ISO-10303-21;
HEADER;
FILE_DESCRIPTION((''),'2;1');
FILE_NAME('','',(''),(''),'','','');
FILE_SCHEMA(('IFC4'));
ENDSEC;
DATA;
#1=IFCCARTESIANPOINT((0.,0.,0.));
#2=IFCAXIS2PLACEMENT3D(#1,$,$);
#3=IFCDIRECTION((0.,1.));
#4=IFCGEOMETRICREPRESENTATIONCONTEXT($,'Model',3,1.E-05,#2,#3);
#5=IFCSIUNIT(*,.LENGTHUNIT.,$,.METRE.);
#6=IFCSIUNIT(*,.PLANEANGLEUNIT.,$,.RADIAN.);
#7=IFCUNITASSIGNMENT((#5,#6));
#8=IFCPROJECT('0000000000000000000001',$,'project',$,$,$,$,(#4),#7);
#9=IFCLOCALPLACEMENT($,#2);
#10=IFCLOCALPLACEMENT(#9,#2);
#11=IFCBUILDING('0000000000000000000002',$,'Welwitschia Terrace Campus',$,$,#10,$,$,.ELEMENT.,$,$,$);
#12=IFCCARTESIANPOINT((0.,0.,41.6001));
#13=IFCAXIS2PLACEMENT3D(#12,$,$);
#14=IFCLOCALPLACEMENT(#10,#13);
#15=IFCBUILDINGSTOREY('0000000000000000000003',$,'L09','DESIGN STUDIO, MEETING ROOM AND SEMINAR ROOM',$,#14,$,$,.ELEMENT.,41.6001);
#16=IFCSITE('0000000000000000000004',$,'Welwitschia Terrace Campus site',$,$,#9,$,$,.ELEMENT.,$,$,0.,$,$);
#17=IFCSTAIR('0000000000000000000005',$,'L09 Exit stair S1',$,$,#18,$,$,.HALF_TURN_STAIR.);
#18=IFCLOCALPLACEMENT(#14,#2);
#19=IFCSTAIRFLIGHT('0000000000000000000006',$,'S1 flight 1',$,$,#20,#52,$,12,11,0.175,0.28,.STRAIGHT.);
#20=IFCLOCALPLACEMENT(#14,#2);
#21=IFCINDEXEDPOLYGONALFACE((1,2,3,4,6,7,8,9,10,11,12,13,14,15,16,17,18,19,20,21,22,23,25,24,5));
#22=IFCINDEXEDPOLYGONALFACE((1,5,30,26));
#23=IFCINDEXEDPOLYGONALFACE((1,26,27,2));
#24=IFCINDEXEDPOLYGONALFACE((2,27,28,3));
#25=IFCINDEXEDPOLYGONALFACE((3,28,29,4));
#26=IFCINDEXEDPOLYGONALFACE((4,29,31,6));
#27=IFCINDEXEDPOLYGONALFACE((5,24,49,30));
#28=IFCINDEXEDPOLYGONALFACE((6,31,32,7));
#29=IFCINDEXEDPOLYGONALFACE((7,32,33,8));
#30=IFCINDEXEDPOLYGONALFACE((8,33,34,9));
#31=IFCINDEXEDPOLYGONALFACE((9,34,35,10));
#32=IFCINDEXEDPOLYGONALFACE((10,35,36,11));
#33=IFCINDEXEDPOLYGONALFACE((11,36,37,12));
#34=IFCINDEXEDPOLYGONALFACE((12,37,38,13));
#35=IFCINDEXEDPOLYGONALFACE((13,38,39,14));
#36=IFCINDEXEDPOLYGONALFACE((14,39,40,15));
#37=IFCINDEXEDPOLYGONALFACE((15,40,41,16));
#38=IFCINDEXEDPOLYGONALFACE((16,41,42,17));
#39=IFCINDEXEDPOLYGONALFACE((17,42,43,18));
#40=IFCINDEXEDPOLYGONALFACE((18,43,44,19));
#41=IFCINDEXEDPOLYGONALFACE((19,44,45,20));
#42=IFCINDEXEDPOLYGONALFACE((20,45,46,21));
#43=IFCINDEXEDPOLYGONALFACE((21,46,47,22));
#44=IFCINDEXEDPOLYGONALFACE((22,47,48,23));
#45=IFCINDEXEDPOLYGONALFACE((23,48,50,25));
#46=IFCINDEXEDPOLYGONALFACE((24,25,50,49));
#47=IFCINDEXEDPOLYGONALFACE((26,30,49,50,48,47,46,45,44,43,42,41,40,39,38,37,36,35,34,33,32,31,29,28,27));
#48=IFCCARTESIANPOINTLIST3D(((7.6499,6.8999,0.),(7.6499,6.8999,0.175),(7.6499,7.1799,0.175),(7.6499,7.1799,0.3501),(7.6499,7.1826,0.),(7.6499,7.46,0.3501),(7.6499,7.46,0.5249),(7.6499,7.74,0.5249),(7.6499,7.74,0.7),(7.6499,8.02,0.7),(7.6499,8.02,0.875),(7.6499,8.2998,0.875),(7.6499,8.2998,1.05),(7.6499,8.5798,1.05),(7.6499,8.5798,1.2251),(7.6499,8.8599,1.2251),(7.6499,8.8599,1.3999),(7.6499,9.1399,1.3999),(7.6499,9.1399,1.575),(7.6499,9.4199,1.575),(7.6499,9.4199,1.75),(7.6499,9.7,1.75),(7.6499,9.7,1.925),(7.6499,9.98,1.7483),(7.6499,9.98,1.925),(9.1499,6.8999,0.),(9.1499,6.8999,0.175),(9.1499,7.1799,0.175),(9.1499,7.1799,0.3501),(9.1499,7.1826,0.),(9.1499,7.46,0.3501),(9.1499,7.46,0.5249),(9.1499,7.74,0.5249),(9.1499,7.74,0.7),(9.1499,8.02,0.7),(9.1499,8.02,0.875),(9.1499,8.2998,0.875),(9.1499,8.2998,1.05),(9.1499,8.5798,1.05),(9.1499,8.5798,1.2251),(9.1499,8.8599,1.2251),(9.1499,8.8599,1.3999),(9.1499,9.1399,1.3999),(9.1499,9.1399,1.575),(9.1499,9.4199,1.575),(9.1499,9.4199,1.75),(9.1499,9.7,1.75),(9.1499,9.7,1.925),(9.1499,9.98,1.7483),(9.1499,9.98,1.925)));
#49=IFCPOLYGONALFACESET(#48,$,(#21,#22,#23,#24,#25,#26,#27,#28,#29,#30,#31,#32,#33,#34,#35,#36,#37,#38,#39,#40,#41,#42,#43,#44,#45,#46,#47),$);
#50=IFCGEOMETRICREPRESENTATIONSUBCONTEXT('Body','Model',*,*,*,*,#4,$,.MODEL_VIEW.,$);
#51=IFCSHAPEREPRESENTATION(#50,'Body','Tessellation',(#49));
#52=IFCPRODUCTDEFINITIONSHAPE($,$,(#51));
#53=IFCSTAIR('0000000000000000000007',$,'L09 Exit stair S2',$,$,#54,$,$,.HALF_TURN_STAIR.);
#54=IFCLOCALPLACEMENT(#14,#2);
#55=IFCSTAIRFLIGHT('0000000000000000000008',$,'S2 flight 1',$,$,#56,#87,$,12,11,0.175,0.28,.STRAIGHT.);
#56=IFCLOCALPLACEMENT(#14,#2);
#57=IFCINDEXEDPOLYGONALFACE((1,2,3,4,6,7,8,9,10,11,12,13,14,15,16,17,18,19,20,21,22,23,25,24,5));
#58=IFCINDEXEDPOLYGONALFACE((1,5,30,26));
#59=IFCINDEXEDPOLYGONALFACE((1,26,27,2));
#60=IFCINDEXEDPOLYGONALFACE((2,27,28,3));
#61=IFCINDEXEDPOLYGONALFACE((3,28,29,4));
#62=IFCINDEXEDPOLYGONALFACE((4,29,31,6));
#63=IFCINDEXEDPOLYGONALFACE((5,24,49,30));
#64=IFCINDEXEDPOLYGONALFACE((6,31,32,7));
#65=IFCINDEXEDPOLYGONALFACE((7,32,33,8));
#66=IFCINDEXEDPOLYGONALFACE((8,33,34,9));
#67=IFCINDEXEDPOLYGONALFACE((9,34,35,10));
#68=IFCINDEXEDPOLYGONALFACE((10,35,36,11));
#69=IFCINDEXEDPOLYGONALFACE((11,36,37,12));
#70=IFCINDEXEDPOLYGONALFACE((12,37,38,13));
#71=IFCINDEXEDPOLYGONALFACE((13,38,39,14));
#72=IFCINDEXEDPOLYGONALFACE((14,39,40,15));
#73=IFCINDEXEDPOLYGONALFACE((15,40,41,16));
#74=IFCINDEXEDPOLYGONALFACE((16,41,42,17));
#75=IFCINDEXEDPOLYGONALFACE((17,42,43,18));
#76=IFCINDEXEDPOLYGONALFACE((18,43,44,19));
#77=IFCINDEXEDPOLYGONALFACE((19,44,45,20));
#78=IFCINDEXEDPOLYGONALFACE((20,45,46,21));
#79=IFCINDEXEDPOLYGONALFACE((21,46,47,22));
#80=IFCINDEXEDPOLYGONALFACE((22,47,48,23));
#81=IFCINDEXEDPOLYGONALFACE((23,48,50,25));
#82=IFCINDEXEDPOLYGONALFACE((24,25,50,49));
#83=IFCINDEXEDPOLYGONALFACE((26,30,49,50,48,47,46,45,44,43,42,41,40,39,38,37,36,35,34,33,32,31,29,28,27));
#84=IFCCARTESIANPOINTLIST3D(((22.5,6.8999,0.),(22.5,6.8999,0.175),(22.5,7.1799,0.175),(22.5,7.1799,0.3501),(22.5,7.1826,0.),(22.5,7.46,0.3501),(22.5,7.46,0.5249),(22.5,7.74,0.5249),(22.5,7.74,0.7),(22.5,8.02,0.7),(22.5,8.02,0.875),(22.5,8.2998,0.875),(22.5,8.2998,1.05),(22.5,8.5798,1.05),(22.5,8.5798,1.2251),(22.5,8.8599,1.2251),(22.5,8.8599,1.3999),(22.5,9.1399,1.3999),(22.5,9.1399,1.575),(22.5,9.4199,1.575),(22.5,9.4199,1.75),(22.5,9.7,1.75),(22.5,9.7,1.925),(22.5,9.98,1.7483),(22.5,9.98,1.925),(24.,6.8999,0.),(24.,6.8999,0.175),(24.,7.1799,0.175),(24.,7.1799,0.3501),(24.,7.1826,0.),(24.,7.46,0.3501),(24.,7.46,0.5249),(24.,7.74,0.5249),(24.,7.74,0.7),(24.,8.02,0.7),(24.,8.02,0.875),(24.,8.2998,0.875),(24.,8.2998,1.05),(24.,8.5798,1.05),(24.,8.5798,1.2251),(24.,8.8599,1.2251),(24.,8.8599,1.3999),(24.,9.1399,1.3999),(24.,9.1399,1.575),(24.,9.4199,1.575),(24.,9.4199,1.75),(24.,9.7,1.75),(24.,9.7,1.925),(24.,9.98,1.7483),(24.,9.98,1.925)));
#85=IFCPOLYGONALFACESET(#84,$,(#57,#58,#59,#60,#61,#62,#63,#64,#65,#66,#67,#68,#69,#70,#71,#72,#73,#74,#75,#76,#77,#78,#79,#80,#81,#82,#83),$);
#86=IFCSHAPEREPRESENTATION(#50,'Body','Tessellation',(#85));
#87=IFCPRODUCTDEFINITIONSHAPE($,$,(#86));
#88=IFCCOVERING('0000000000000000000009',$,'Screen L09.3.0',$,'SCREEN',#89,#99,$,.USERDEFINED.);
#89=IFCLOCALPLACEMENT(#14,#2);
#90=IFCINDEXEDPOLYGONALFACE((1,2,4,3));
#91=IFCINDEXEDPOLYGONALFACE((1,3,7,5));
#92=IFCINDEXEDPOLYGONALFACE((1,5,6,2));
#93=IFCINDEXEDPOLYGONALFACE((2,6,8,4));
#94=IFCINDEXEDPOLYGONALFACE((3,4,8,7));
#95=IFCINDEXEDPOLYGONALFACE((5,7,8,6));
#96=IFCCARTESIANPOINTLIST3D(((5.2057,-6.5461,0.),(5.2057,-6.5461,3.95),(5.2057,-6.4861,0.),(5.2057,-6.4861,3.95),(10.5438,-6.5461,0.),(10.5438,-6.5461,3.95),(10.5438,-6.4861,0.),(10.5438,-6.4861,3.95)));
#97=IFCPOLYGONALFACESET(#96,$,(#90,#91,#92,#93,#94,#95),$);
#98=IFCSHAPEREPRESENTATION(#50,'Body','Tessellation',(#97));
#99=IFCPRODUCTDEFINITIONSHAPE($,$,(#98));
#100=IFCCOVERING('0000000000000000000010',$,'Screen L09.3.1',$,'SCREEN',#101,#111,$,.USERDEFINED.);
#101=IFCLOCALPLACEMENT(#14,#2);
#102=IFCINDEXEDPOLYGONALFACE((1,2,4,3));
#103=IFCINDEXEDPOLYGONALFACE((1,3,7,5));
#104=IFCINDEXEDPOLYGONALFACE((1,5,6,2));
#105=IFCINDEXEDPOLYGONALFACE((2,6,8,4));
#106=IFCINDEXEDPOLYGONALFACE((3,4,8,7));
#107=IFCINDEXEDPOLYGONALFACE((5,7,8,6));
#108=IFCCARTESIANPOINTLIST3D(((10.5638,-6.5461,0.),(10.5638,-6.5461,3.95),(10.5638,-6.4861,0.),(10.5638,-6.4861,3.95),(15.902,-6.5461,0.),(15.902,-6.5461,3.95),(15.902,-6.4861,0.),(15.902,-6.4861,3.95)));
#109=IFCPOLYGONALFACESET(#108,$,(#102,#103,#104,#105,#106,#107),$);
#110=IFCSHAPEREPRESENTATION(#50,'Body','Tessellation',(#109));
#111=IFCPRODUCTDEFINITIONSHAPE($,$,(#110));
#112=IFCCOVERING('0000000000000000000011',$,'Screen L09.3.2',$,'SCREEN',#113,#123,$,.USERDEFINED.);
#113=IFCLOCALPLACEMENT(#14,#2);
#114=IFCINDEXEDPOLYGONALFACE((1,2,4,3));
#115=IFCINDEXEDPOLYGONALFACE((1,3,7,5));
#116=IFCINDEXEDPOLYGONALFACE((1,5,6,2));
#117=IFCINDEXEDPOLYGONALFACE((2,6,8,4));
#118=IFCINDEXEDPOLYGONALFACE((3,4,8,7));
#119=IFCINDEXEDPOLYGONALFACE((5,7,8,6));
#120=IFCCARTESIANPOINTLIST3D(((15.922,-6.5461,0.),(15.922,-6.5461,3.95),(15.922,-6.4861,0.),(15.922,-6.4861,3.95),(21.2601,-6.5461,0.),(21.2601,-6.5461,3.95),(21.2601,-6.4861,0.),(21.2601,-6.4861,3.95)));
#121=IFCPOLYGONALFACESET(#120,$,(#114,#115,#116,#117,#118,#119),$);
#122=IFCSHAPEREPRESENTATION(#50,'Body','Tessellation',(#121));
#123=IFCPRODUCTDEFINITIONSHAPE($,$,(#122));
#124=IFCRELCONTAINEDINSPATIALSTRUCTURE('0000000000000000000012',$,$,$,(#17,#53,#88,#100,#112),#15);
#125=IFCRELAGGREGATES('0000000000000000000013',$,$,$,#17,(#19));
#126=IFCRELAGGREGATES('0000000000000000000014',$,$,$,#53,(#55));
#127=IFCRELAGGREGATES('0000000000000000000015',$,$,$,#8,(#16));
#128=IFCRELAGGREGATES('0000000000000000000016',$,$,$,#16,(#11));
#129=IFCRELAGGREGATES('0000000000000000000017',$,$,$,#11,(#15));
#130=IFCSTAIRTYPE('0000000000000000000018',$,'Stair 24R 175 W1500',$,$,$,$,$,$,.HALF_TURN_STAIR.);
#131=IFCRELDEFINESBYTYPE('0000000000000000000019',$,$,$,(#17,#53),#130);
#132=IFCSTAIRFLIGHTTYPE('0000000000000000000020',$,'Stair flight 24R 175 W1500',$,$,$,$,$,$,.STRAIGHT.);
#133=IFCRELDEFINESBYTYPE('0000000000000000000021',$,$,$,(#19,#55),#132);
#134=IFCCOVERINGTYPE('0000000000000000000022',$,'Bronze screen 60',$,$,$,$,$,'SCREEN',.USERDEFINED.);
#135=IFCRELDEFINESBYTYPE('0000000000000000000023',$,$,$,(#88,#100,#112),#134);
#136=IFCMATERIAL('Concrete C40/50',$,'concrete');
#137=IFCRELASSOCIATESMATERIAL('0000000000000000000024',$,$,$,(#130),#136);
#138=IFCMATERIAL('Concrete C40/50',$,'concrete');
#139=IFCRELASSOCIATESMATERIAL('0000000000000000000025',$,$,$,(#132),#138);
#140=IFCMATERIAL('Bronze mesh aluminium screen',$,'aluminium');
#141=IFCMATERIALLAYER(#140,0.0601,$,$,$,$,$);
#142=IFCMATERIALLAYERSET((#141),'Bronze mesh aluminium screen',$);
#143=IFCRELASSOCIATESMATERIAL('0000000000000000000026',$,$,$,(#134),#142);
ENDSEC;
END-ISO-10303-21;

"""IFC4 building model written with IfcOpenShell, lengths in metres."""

from ifc_helpers import new_model, si_unit, direction, frame, origin, origin_2d, place, context, subcontext, project, spatial, polyline, rectangle, outline, extrude, material, layer, layer_set, type_object, element, aggregate, save


model = new_model("IFC4")

# Units and contexts
model_context = context("Model", 3, precision=1e-05, world=origin(), true_north=direction((0.0, 1.0)))
body_context = subcontext(model_context, "Body", "Model", "MODEL_VIEW")
ifc_project = project(units=[si_unit("LENGTHUNIT", "METRE"), si_unit("PLANEANGLEUNIT", "RADIAN")], contexts=[model_context])

# Site, building, storey
site_placement = place(None, origin())
site = spatial("IfcSite", under=ifc_project, at=site_placement, Name="Welwitschia Terrace Campus site", CompositionType="ELEMENT", RefElevation=0.0)
building_placement = place(site_placement, origin())
building = spatial("IfcBuilding", under=site, at=building_placement, Name="Welwitschia Terrace Campus", CompositionType="ELEMENT")
storey_placement = place(building_placement, frame((0.0, 0.0, 41.6001)))
storey = spatial("IfcBuildingStorey", under=building, at=storey_placement, Name="L09", Description="DESIGN STUDIO, MEETING ROOM AND SEMINAR ROOM", CompositionType="ELEMENT", Elevation=41.6001)

# Stairs, stair flights
ifc_material_1 = material(Name="Concrete C40/50", Category="concrete")
stair_type = type_object("IfcStairType", Name="Stair 24R 175 W1500", PredefinedType="HALF_TURN_STAIR", material=ifc_material_1)
stair_1_placement = place(storey_placement, origin())
stair_1 = element("IfcStair", 1, at=stair_1_placement, inside=storey, type_object=stair_type, Name="L09 Exit stair S1", PredefinedType="HALF_TURN_STAIR")
ifc_material_2 = material(Name="Concrete C40/50", Category="concrete")
stair_flight_type = type_object("IfcStairFlightType", Name="Stair flight 24R 175 W1500", PredefinedType="STRAIGHT", material=ifc_material_2)
stair_flight_1_placement = place(storey_placement, frame((8.3999, 6.8999, 0.0), z_axis=(0.0, 0.0, 1.0), x_axis=(0.0, 1.0, 0.0)))
stair_flight_1 = element("IfcStairFlight", 2, at=stair_flight_1_placement, type_object=stair_flight_type, Name="S1 flight 1", NumberOfRisers=12, NumberOfTreads=11, PredefinedType="STRAIGHT", RiserHeight=0.175, TreadLength=0.28, context=body_context, shape_type="SweptSolid", body=[
    extrude(outline(polyline([(0.0, 0.0), (0.0, 0.175), (0.28, 0.175), (0.28, 0.3501), (0.5601, 0.3501), (0.5601, 0.5249), (0.8401, 0.5249), (0.8401, 0.7), (1.1201, 0.7), (1.1201, 0.875), (1.3999, 0.875), (1.3999, 1.05), (1.6799, 1.05), (1.6799, 1.2251), (1.96, 1.2251), (1.96, 1.3999), (2.24, 1.3999), (2.24, 1.575), (2.52, 1.575), (2.52, 1.75), (2.8, 1.75), (2.8, 1.925), (3.0801, 1.925), (3.0801, 2.1001), (3.0801, 1.7483), (0.2827, 0.0), (0.0, 0.0)])), frame((0.0, 0.75, 0.0), z_axis=(0.0, -1.0, 0.0), x_axis=(1.0, 0.0, 0.0)), (0.0, 0.0, 1.0), 1.5),
])
aggregate(stair_1, [stair_flight_1])
stair_2_placement = place(storey_placement, origin())
stair_2 = element("IfcStair", 3, at=stair_2_placement, inside=storey, type_object=stair_type, Name="L09 Exit stair S2", PredefinedType="HALF_TURN_STAIR")
stair_flight_2_placement = place(storey_placement, frame((23.25, 6.8999, 0.0), z_axis=(0.0, 0.0, 1.0), x_axis=(0.0, 1.0, 0.0)))
stair_flight_2 = element("IfcStairFlight", 4, at=stair_flight_2_placement, type_object=stair_flight_type, Name="S2 flight 1", NumberOfRisers=12, NumberOfTreads=11, PredefinedType="STRAIGHT", RiserHeight=0.175, TreadLength=0.28, context=body_context, shape_type="SweptSolid", body=[
    extrude(outline(polyline([(0.0, 0.0), (0.0, 0.175), (0.28, 0.175), (0.28, 0.3501), (0.5601, 0.3501), (0.5601, 0.5249), (0.8401, 0.5249), (0.8401, 0.7), (1.1201, 0.7), (1.1201, 0.875), (1.3999, 0.875), (1.3999, 1.05), (1.6799, 1.05), (1.6799, 1.2251), (1.96, 1.2251), (1.96, 1.3999), (2.24, 1.3999), (2.24, 1.575), (2.52, 1.575), (2.52, 1.75), (2.8, 1.75), (2.8, 1.925), (3.0801, 1.925), (3.0801, 2.1001), (3.0801, 1.7483), (0.2827, 0.0), (0.0, 0.0)])), frame((0.0, 0.75, 0.0), z_axis=(0.0, -1.0, 0.0), x_axis=(1.0, 0.0, 0.0)), (0.0, 0.0, 1.0), 1.5),
])
aggregate(stair_2, [stair_flight_2])

# Coverings
ifc_material_3 = material(Name="Bronze mesh aluminium screen", Category="aluminium")
ifc_layer_1 = layer(ifc_material_3, 0.0601)
ifc_layer_set_1 = layer_set([ifc_layer_1], Name="Bronze mesh aluminium screen")
covering_type = type_object("IfcCoveringType", Name="Bronze screen 60", ElementType="SCREEN", PredefinedType="USERDEFINED", material=ifc_layer_set_1)
for number, where, z_axis, x_axis, name in (
    (5, (7.8748, -6.5161, 0.0), (0.0, 0.0, 1.0), (1.0, 0.0, 0.0), "Screen L09.3.0"),
    (6, (13.2329, -6.5161, 0.0), (0.0, 0.0, 1.0), (1.0, 0.0, 0.0), "Screen L09.3.1"),
    (7, (18.5911, -6.5161, 0.0), (0.0, 0.0, 1.0), (1.0, 0.0, 0.0), "Screen L09.3.2"),
):
    element("IfcCovering", number, at=place(storey_placement, frame(where, z_axis=z_axis, x_axis=x_axis)), inside=storey, type_object=covering_type, Name=name, ObjectType="SCREEN", PredefinedType="USERDEFINED", context=body_context, shape_type="SweptSolid", body=[
        extrude(rectangle(XDim=5.3381, YDim=0.0601, at=origin_2d()), origin(), (0.0, 0.0, 1.0), 3.95),
    ])

save(model, "model.ifc")
